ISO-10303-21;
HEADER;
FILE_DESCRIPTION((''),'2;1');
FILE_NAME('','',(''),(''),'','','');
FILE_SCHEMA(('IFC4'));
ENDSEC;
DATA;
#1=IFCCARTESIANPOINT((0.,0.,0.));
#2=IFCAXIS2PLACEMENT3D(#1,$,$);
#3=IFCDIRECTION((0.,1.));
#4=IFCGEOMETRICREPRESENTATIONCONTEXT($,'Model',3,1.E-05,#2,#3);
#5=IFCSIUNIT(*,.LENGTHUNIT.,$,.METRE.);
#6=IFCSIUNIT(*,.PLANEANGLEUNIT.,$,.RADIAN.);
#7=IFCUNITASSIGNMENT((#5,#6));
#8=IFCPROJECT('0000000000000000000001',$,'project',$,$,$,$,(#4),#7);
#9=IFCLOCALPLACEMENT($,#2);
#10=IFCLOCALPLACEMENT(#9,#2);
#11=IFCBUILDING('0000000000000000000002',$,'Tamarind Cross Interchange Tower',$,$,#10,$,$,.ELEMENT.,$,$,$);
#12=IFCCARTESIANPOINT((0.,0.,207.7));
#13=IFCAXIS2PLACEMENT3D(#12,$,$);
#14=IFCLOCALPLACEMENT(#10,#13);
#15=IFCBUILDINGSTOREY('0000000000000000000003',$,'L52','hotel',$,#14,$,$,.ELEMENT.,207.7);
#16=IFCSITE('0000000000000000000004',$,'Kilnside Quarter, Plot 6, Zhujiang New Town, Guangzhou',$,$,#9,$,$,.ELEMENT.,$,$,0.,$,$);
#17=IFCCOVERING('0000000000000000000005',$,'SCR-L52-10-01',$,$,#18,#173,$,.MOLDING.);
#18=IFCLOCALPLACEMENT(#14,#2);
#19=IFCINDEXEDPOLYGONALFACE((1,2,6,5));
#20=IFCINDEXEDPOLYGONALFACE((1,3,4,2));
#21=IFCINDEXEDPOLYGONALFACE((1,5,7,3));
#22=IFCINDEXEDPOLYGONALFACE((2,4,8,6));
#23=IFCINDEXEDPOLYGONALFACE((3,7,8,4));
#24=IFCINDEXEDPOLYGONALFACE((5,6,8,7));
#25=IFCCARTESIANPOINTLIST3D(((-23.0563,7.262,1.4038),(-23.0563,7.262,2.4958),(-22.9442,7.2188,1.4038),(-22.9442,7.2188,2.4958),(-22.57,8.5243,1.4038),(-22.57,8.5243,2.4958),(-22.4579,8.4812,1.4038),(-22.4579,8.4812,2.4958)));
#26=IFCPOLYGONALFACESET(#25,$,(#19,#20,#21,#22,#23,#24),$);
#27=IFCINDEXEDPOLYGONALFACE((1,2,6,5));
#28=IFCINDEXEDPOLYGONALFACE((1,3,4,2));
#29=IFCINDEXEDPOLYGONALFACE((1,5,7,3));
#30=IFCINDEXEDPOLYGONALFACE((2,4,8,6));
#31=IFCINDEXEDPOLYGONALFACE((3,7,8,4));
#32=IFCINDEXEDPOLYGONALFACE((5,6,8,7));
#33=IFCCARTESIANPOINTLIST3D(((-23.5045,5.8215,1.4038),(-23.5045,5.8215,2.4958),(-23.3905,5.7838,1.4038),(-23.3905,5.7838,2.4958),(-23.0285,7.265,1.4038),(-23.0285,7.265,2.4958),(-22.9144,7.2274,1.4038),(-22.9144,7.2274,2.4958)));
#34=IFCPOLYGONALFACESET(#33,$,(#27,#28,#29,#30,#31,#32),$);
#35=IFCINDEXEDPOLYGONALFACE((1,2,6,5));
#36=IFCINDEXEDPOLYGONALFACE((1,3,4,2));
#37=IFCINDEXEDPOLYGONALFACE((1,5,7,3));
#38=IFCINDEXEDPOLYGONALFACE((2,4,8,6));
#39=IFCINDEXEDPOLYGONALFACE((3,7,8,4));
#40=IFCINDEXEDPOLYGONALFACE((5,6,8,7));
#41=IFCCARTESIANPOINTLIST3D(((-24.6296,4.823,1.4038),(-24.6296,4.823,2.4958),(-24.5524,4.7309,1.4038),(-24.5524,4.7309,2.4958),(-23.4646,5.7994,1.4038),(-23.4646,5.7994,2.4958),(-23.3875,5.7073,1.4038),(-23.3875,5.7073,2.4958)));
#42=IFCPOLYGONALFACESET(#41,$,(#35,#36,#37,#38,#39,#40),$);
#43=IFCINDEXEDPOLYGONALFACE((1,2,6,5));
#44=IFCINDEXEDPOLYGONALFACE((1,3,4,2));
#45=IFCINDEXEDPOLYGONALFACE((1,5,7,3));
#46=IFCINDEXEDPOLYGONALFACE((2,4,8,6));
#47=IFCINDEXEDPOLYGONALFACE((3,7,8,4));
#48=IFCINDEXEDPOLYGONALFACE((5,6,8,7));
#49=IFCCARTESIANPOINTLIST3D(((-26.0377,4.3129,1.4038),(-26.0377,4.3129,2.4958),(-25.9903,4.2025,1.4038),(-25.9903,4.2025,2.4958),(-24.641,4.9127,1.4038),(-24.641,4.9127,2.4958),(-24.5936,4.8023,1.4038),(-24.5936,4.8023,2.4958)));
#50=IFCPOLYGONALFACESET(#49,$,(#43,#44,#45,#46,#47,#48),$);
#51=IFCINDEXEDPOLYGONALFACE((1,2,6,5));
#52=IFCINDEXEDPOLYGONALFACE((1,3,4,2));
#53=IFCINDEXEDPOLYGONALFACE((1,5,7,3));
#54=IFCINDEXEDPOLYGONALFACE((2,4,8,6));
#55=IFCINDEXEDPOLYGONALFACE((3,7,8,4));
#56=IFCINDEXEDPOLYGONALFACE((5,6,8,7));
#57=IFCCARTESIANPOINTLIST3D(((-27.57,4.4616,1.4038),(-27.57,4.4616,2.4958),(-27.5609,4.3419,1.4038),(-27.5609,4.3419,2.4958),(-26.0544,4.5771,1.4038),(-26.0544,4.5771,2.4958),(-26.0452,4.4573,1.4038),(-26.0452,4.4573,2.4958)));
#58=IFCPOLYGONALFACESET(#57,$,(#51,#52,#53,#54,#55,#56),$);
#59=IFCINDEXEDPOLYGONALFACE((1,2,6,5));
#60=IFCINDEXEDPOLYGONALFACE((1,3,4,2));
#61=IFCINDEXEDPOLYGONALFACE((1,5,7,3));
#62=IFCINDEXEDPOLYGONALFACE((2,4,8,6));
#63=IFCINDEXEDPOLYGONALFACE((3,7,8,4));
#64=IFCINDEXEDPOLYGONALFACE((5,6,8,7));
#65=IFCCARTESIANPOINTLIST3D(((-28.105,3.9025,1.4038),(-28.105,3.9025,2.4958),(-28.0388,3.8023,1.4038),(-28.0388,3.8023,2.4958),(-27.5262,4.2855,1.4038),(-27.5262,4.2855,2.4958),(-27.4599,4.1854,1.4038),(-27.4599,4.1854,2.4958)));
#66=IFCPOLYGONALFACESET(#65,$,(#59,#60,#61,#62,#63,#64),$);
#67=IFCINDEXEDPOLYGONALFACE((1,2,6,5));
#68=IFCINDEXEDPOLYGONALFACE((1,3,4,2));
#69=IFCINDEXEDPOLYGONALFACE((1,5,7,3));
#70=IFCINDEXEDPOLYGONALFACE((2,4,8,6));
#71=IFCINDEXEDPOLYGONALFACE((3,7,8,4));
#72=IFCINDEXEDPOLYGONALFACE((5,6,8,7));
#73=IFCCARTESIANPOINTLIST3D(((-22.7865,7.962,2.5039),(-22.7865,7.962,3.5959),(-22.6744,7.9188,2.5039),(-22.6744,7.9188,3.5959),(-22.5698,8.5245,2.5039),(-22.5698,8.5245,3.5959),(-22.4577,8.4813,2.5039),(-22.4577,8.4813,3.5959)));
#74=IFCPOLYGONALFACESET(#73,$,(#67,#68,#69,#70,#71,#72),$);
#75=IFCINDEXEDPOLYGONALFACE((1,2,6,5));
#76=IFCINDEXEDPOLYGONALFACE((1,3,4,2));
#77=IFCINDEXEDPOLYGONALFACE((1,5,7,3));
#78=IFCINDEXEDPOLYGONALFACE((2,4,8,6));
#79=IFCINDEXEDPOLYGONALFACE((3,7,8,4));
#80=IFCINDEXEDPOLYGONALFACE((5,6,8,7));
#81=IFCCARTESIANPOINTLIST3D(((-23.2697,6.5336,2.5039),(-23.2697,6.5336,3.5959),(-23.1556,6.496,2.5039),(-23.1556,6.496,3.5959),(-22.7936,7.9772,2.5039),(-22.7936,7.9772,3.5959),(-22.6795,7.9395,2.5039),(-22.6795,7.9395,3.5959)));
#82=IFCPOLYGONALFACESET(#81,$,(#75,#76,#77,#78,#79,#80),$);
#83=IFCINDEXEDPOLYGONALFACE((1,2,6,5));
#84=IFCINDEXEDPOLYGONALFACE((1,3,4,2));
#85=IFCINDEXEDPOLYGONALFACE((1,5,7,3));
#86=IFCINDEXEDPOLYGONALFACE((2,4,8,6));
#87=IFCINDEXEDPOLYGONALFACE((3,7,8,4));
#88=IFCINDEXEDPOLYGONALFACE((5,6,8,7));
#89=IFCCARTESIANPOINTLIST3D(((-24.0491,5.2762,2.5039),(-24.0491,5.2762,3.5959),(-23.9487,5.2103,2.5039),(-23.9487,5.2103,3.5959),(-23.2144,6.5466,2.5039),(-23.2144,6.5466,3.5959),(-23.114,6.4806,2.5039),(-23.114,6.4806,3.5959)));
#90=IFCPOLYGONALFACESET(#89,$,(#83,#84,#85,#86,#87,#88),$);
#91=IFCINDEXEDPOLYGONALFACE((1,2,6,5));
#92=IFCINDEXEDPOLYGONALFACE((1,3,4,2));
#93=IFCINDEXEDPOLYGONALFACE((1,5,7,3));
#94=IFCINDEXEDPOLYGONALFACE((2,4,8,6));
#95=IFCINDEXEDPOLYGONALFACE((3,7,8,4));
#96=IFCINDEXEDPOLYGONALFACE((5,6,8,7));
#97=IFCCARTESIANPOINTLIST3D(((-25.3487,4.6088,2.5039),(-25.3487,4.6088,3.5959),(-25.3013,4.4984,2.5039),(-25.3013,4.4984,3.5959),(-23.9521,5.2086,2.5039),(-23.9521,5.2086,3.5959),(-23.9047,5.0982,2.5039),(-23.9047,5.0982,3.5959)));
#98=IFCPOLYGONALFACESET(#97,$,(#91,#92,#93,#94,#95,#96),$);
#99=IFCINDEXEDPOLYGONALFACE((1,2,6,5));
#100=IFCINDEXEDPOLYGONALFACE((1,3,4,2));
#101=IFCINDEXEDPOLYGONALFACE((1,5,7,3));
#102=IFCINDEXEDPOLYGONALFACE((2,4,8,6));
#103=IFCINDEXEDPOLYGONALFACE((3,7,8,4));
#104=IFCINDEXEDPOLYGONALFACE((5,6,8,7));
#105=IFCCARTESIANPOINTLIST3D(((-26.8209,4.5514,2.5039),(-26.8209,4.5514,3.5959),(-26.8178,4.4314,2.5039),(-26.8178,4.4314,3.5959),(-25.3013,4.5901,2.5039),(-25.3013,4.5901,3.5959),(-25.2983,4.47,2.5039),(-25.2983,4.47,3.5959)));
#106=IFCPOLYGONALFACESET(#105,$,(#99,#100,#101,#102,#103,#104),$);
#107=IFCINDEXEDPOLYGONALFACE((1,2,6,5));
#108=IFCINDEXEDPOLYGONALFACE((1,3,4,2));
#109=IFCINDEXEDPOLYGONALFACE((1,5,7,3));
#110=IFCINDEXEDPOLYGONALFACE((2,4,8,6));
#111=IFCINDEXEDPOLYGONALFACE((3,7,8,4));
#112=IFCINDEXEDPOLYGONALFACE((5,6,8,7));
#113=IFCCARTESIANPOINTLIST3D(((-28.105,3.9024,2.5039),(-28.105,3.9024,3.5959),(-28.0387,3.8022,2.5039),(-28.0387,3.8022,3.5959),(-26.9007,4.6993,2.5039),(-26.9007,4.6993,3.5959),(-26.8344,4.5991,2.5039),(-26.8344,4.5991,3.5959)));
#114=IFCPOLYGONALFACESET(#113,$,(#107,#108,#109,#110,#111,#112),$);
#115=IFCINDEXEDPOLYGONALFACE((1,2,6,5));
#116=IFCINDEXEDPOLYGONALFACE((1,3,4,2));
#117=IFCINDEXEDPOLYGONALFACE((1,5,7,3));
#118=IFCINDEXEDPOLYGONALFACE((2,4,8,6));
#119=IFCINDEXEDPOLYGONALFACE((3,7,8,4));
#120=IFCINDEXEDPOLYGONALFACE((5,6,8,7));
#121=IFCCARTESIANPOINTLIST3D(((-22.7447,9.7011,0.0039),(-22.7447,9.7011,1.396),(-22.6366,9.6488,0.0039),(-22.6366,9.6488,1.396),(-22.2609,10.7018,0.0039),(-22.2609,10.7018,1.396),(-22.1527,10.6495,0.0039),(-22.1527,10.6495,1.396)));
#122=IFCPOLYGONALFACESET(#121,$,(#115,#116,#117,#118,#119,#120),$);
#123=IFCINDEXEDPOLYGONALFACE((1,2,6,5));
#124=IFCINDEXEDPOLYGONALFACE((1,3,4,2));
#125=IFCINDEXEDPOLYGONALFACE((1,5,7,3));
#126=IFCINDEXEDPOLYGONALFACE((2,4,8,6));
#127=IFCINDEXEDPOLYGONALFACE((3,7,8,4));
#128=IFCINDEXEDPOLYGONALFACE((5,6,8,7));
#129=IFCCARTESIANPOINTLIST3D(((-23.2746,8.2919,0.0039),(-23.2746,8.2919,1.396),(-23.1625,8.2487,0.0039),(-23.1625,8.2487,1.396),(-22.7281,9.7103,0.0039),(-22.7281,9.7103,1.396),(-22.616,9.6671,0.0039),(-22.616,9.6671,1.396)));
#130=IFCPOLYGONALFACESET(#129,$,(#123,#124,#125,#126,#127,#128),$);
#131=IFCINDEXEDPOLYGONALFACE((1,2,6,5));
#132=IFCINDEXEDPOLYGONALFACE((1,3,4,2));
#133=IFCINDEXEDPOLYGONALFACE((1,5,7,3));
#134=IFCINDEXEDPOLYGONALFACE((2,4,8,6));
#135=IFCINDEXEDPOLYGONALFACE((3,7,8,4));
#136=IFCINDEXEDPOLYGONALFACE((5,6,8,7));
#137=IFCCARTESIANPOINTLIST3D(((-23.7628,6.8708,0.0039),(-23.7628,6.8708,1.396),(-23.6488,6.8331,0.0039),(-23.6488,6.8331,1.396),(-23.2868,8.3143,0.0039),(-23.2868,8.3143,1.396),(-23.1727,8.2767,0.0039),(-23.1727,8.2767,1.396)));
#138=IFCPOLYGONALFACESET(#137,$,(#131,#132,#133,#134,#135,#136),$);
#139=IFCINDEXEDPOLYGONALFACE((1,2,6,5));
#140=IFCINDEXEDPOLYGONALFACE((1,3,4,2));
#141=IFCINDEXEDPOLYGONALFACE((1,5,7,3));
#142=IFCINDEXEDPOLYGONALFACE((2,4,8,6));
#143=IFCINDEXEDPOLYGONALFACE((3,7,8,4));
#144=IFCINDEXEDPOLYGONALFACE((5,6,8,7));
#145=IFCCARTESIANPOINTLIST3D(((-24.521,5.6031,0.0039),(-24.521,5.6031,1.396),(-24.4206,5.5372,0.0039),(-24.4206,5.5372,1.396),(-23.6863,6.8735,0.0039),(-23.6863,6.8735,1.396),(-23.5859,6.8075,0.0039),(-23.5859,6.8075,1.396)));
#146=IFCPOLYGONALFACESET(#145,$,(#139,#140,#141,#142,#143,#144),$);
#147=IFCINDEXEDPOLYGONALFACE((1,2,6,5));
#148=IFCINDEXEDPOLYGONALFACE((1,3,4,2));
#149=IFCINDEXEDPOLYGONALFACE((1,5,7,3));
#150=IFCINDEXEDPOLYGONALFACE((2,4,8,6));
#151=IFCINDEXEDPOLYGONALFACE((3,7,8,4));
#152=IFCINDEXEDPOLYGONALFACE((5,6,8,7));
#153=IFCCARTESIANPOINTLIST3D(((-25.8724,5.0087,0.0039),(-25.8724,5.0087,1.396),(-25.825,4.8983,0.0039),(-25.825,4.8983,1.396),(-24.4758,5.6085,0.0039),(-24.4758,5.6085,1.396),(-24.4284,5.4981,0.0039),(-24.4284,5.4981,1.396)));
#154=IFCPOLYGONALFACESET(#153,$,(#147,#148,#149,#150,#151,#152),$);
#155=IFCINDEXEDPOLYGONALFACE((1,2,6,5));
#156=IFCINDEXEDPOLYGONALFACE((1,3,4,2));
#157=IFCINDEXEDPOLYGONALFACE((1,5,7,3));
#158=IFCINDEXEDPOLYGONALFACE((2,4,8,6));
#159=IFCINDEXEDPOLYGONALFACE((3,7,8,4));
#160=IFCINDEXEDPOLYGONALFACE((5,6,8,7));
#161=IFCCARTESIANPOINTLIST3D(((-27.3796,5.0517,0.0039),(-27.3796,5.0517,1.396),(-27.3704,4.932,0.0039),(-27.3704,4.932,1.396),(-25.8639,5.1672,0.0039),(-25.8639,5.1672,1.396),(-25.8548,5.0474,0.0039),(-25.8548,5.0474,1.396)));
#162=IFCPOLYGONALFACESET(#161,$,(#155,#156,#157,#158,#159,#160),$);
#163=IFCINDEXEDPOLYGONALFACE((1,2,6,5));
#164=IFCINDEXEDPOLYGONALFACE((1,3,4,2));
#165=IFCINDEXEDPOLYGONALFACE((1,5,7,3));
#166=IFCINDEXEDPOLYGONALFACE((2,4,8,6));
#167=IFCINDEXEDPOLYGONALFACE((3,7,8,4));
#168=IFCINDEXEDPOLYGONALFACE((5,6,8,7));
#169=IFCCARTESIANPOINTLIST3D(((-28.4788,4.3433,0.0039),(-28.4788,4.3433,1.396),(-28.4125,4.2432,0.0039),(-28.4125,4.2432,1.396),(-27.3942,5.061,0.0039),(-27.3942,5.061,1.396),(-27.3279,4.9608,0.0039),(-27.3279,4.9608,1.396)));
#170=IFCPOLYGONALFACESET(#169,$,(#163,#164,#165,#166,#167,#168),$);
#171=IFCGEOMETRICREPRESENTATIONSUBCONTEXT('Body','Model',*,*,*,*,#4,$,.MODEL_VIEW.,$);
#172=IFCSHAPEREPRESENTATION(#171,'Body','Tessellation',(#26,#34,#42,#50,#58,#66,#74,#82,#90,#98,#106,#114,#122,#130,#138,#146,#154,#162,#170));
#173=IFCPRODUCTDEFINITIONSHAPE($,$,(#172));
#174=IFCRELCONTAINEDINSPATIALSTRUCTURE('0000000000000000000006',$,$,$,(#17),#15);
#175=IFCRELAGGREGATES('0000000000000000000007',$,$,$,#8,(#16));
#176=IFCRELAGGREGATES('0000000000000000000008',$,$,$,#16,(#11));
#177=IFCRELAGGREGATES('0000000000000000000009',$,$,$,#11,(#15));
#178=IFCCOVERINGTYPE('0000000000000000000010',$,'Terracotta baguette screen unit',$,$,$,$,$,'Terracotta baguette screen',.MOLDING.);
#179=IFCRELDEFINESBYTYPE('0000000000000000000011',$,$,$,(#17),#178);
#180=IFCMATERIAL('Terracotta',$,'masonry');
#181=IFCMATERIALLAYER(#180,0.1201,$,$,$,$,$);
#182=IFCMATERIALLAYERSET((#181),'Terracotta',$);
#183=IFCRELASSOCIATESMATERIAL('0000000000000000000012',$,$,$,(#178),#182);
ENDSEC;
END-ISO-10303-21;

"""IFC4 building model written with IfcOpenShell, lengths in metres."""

from ifc_helpers import new_model, si_unit, direction, frame, origin, origin_2d, place, context, subcontext, project, spatial, rectangle, extrude, material, layer, layer_set, type_object, element, save


model = new_model("IFC4")

# Units and contexts
model_context = context("Model", 3, precision=1e-05, world=origin(), true_north=direction((0.0, 1.0)))
body_context = subcontext(model_context, "Body", "Model", "MODEL_VIEW")
ifc_project = project(units=[si_unit("LENGTHUNIT", "METRE"), si_unit("PLANEANGLEUNIT", "RADIAN")], contexts=[model_context])

# Site, building, storey
site_placement = place(None, origin())
site = spatial("IfcSite", under=ifc_project, at=site_placement, Name="Kilnside Quarter, Plot 6, Zhujiang New Town, Guangzhou", CompositionType="ELEMENT", RefElevation=0.0)
building_placement = place(site_placement, origin())
building = spatial("IfcBuilding", under=site, at=building_placement, Name="Tamarind Cross Interchange Tower", CompositionType="ELEMENT")
storey_placement = place(building_placement, frame((0.0, 0.0, 207.7)))
storey = spatial("IfcBuildingStorey", under=building, at=storey_placement, Name="L52", Description="hotel", CompositionType="ELEMENT", Elevation=207.7)

# Covering
ifc_material_1 = material(Name="Terracotta", Category="masonry")
ifc_layer_1 = layer(ifc_material_1, 0.1201)
ifc_layer_set_1 = layer_set([ifc_layer_1], Name="Terracotta")
covering_type = type_object("IfcCoveringType", Name="Terracotta baguette screen unit", ElementType="Terracotta baguette screen", PredefinedType="MOLDING", material=ifc_layer_set_1)
covering_1_placement = place(storey_placement, origin())
element("IfcCovering", 1, at=covering_1_placement, inside=storey, type_object=covering_type, Name="SCR-L52-10-01", PredefinedType="MOLDING", context=body_context, shape_type="SweptSolid", body=[
    extrude(rectangle(XDim=1.3528, YDim=0.1201, at=origin_2d()), frame((-22.7571, 7.8716, 1.4038), z_axis=(0.0, 0.0, 1.0), x_axis=(-0.359495, -0.933147, 0.0)), (0.0, 0.0, 1.0), 1.092),
    extrude(rectangle(XDim=1.52, YDim=0.1201, at=origin_2d()), frame((-23.2095, 6.5244, 1.4038), z_axis=(0.0, 0.0, 1.0), x_axis=(-0.313199, -0.949688, 0.0)), (0.0, 0.0, 1.0), 1.092),
    extrude(rectangle(XDim=1.52, YDim=0.1201, at=origin_2d()), frame((-24.0085, 5.2651, 1.4038), z_axis=(0.0, 0.0, 1.0), x_axis=(-0.766407, -0.642355, 0.0)), (0.0, 0.0, 1.0), 1.092),
    extrude(rectangle(XDim=1.52, YDim=0.1201, at=origin_2d()), frame((-25.3157, 4.5576, 1.4038), z_axis=(0.0, 0.0, 1.0), x_axis=(-0.918854, -0.394598, 0.0)), (0.0, 0.0, 1.0), 1.092),
    extrude(rectangle(XDim=1.52, YDim=0.1201, at=origin_2d()), frame((-26.8076, 4.4595, 1.4038), z_axis=(0.0, 0.0, 1.0), x_axis=(-0.997112, -0.07595, 0.0)), (0.0, 0.0, 1.0), 1.092),
    extrude(rectangle(XDim=0.6941, YDim=0.1201, at=origin_2d()), frame((-27.7825, 4.0439, 1.4038), z_axis=(0.0, 0.0, 1.0), x_axis=(-0.833958, -0.551827, 0.0)), (0.0, 0.0, 1.0), 1.092),
    extrude(rectangle(XDim=0.6028, YDim=0.1201, at=origin_2d()), frame((-22.6221, 8.2217, 2.5039), z_axis=(0.0, 0.0, 1.0), x_axis=(-0.359495, -0.933147, 0.0)), (0.0, 0.0, 1.0), 1.092),
    extrude(rectangle(XDim=1.52, YDim=0.1201, at=origin_2d()), frame((-22.9746, 7.2366, 2.5039), z_axis=(0.0, 0.0, 1.0), x_axis=(-0.313199, -0.949688, 0.0)), (0.0, 0.0, 1.0), 1.092),
    extrude(rectangle(XDim=1.52, YDim=0.1201, at=origin_2d()), frame((-23.5815, 5.8784, 2.5039), z_axis=(0.0, 0.0, 1.0), x_axis=(-0.549105, -0.835753, 0.0)), (0.0, 0.0, 1.0), 1.092),
    extrude(rectangle(XDim=1.52, YDim=0.1201, at=origin_2d()), frame((-24.6267, 4.8535, 2.5039), z_axis=(0.0, 0.0, 1.0), x_axis=(-0.918854, -0.394598, 0.0)), (0.0, 0.0, 1.0), 1.092),
    extrude(rectangle(XDim=1.52, YDim=0.1201, at=origin_2d()), frame((-26.0596, 4.5107, 2.5039), z_axis=(0.0, 0.0, 1.0), x_axis=(-0.999676, -0.025437, 0.0)), (0.0, 0.0, 1.0), 1.092),
    extrude(rectangle(XDim=1.4441, YDim=0.1201, at=origin_2d()), frame((-27.4697, 4.2507, 2.5039), z_axis=(0.0, 0.0, 1.0), x_axis=(-0.833958, -0.551827, 0.0)), (0.0, 0.0, 1.0), 1.092),
    extrude(rectangle(XDim=1.1116, YDim=0.1201, at=origin_2d()), frame((-22.4487, 10.1753, 0.0039), z_axis=(0.0, 0.0, 1.0), x_axis=(-0.435326, -0.900273, 0.0)), (0.0, 0.0, 1.0), 1.3921),
    extrude(rectangle(XDim=1.52, YDim=0.1201, at=origin_2d()), frame((-22.9453, 8.9795, 0.0039), z_axis=(0.0, 0.0, 1.0), x_axis=(-0.359495, -0.933147, 0.0)), (0.0, 0.0, 1.0), 1.3921),
    extrude(rectangle(XDim=1.52, YDim=0.1201, at=origin_2d()), frame((-23.4678, 7.5737, 0.0039), z_axis=(0.0, 0.0, 1.0), x_axis=(-0.313199, -0.949688, 0.0)), (0.0, 0.0, 1.0), 1.3921),
    extrude(rectangle(XDim=1.52, YDim=0.1201, at=origin_2d()), frame((-24.0535, 6.2053, 0.0039), z_axis=(0.0, 0.0, 1.0), x_axis=(-0.549105, -0.835753, 0.0)), (0.0, 0.0, 1.0), 1.3921),
    extrude(rectangle(XDim=1.52, YDim=0.1201, at=origin_2d()), frame((-25.1504, 5.2534, 0.0039), z_axis=(0.0, 0.0, 1.0), x_axis=(-0.918854, -0.394598, 0.0)), (0.0, 0.0, 1.0), 1.3921),
    extrude(rectangle(XDim=1.52, YDim=0.1201, at=origin_2d()), frame((-26.6172, 5.0496, 0.0039), z_axis=(0.0, 0.0, 1.0), x_axis=(-0.997112, -0.07595, 0.0)), (0.0, 0.0, 1.0), 1.3921),
    extrude(rectangle(XDim=1.3005, YDim=0.1201, at=origin_2d()), frame((-27.9033, 4.6521, 0.0039), z_axis=(0.0, 0.0, 1.0), x_axis=(-0.833958, -0.551827, 0.0)), (0.0, 0.0, 1.0), 1.3921),
])

save(model, "model.ifc")
